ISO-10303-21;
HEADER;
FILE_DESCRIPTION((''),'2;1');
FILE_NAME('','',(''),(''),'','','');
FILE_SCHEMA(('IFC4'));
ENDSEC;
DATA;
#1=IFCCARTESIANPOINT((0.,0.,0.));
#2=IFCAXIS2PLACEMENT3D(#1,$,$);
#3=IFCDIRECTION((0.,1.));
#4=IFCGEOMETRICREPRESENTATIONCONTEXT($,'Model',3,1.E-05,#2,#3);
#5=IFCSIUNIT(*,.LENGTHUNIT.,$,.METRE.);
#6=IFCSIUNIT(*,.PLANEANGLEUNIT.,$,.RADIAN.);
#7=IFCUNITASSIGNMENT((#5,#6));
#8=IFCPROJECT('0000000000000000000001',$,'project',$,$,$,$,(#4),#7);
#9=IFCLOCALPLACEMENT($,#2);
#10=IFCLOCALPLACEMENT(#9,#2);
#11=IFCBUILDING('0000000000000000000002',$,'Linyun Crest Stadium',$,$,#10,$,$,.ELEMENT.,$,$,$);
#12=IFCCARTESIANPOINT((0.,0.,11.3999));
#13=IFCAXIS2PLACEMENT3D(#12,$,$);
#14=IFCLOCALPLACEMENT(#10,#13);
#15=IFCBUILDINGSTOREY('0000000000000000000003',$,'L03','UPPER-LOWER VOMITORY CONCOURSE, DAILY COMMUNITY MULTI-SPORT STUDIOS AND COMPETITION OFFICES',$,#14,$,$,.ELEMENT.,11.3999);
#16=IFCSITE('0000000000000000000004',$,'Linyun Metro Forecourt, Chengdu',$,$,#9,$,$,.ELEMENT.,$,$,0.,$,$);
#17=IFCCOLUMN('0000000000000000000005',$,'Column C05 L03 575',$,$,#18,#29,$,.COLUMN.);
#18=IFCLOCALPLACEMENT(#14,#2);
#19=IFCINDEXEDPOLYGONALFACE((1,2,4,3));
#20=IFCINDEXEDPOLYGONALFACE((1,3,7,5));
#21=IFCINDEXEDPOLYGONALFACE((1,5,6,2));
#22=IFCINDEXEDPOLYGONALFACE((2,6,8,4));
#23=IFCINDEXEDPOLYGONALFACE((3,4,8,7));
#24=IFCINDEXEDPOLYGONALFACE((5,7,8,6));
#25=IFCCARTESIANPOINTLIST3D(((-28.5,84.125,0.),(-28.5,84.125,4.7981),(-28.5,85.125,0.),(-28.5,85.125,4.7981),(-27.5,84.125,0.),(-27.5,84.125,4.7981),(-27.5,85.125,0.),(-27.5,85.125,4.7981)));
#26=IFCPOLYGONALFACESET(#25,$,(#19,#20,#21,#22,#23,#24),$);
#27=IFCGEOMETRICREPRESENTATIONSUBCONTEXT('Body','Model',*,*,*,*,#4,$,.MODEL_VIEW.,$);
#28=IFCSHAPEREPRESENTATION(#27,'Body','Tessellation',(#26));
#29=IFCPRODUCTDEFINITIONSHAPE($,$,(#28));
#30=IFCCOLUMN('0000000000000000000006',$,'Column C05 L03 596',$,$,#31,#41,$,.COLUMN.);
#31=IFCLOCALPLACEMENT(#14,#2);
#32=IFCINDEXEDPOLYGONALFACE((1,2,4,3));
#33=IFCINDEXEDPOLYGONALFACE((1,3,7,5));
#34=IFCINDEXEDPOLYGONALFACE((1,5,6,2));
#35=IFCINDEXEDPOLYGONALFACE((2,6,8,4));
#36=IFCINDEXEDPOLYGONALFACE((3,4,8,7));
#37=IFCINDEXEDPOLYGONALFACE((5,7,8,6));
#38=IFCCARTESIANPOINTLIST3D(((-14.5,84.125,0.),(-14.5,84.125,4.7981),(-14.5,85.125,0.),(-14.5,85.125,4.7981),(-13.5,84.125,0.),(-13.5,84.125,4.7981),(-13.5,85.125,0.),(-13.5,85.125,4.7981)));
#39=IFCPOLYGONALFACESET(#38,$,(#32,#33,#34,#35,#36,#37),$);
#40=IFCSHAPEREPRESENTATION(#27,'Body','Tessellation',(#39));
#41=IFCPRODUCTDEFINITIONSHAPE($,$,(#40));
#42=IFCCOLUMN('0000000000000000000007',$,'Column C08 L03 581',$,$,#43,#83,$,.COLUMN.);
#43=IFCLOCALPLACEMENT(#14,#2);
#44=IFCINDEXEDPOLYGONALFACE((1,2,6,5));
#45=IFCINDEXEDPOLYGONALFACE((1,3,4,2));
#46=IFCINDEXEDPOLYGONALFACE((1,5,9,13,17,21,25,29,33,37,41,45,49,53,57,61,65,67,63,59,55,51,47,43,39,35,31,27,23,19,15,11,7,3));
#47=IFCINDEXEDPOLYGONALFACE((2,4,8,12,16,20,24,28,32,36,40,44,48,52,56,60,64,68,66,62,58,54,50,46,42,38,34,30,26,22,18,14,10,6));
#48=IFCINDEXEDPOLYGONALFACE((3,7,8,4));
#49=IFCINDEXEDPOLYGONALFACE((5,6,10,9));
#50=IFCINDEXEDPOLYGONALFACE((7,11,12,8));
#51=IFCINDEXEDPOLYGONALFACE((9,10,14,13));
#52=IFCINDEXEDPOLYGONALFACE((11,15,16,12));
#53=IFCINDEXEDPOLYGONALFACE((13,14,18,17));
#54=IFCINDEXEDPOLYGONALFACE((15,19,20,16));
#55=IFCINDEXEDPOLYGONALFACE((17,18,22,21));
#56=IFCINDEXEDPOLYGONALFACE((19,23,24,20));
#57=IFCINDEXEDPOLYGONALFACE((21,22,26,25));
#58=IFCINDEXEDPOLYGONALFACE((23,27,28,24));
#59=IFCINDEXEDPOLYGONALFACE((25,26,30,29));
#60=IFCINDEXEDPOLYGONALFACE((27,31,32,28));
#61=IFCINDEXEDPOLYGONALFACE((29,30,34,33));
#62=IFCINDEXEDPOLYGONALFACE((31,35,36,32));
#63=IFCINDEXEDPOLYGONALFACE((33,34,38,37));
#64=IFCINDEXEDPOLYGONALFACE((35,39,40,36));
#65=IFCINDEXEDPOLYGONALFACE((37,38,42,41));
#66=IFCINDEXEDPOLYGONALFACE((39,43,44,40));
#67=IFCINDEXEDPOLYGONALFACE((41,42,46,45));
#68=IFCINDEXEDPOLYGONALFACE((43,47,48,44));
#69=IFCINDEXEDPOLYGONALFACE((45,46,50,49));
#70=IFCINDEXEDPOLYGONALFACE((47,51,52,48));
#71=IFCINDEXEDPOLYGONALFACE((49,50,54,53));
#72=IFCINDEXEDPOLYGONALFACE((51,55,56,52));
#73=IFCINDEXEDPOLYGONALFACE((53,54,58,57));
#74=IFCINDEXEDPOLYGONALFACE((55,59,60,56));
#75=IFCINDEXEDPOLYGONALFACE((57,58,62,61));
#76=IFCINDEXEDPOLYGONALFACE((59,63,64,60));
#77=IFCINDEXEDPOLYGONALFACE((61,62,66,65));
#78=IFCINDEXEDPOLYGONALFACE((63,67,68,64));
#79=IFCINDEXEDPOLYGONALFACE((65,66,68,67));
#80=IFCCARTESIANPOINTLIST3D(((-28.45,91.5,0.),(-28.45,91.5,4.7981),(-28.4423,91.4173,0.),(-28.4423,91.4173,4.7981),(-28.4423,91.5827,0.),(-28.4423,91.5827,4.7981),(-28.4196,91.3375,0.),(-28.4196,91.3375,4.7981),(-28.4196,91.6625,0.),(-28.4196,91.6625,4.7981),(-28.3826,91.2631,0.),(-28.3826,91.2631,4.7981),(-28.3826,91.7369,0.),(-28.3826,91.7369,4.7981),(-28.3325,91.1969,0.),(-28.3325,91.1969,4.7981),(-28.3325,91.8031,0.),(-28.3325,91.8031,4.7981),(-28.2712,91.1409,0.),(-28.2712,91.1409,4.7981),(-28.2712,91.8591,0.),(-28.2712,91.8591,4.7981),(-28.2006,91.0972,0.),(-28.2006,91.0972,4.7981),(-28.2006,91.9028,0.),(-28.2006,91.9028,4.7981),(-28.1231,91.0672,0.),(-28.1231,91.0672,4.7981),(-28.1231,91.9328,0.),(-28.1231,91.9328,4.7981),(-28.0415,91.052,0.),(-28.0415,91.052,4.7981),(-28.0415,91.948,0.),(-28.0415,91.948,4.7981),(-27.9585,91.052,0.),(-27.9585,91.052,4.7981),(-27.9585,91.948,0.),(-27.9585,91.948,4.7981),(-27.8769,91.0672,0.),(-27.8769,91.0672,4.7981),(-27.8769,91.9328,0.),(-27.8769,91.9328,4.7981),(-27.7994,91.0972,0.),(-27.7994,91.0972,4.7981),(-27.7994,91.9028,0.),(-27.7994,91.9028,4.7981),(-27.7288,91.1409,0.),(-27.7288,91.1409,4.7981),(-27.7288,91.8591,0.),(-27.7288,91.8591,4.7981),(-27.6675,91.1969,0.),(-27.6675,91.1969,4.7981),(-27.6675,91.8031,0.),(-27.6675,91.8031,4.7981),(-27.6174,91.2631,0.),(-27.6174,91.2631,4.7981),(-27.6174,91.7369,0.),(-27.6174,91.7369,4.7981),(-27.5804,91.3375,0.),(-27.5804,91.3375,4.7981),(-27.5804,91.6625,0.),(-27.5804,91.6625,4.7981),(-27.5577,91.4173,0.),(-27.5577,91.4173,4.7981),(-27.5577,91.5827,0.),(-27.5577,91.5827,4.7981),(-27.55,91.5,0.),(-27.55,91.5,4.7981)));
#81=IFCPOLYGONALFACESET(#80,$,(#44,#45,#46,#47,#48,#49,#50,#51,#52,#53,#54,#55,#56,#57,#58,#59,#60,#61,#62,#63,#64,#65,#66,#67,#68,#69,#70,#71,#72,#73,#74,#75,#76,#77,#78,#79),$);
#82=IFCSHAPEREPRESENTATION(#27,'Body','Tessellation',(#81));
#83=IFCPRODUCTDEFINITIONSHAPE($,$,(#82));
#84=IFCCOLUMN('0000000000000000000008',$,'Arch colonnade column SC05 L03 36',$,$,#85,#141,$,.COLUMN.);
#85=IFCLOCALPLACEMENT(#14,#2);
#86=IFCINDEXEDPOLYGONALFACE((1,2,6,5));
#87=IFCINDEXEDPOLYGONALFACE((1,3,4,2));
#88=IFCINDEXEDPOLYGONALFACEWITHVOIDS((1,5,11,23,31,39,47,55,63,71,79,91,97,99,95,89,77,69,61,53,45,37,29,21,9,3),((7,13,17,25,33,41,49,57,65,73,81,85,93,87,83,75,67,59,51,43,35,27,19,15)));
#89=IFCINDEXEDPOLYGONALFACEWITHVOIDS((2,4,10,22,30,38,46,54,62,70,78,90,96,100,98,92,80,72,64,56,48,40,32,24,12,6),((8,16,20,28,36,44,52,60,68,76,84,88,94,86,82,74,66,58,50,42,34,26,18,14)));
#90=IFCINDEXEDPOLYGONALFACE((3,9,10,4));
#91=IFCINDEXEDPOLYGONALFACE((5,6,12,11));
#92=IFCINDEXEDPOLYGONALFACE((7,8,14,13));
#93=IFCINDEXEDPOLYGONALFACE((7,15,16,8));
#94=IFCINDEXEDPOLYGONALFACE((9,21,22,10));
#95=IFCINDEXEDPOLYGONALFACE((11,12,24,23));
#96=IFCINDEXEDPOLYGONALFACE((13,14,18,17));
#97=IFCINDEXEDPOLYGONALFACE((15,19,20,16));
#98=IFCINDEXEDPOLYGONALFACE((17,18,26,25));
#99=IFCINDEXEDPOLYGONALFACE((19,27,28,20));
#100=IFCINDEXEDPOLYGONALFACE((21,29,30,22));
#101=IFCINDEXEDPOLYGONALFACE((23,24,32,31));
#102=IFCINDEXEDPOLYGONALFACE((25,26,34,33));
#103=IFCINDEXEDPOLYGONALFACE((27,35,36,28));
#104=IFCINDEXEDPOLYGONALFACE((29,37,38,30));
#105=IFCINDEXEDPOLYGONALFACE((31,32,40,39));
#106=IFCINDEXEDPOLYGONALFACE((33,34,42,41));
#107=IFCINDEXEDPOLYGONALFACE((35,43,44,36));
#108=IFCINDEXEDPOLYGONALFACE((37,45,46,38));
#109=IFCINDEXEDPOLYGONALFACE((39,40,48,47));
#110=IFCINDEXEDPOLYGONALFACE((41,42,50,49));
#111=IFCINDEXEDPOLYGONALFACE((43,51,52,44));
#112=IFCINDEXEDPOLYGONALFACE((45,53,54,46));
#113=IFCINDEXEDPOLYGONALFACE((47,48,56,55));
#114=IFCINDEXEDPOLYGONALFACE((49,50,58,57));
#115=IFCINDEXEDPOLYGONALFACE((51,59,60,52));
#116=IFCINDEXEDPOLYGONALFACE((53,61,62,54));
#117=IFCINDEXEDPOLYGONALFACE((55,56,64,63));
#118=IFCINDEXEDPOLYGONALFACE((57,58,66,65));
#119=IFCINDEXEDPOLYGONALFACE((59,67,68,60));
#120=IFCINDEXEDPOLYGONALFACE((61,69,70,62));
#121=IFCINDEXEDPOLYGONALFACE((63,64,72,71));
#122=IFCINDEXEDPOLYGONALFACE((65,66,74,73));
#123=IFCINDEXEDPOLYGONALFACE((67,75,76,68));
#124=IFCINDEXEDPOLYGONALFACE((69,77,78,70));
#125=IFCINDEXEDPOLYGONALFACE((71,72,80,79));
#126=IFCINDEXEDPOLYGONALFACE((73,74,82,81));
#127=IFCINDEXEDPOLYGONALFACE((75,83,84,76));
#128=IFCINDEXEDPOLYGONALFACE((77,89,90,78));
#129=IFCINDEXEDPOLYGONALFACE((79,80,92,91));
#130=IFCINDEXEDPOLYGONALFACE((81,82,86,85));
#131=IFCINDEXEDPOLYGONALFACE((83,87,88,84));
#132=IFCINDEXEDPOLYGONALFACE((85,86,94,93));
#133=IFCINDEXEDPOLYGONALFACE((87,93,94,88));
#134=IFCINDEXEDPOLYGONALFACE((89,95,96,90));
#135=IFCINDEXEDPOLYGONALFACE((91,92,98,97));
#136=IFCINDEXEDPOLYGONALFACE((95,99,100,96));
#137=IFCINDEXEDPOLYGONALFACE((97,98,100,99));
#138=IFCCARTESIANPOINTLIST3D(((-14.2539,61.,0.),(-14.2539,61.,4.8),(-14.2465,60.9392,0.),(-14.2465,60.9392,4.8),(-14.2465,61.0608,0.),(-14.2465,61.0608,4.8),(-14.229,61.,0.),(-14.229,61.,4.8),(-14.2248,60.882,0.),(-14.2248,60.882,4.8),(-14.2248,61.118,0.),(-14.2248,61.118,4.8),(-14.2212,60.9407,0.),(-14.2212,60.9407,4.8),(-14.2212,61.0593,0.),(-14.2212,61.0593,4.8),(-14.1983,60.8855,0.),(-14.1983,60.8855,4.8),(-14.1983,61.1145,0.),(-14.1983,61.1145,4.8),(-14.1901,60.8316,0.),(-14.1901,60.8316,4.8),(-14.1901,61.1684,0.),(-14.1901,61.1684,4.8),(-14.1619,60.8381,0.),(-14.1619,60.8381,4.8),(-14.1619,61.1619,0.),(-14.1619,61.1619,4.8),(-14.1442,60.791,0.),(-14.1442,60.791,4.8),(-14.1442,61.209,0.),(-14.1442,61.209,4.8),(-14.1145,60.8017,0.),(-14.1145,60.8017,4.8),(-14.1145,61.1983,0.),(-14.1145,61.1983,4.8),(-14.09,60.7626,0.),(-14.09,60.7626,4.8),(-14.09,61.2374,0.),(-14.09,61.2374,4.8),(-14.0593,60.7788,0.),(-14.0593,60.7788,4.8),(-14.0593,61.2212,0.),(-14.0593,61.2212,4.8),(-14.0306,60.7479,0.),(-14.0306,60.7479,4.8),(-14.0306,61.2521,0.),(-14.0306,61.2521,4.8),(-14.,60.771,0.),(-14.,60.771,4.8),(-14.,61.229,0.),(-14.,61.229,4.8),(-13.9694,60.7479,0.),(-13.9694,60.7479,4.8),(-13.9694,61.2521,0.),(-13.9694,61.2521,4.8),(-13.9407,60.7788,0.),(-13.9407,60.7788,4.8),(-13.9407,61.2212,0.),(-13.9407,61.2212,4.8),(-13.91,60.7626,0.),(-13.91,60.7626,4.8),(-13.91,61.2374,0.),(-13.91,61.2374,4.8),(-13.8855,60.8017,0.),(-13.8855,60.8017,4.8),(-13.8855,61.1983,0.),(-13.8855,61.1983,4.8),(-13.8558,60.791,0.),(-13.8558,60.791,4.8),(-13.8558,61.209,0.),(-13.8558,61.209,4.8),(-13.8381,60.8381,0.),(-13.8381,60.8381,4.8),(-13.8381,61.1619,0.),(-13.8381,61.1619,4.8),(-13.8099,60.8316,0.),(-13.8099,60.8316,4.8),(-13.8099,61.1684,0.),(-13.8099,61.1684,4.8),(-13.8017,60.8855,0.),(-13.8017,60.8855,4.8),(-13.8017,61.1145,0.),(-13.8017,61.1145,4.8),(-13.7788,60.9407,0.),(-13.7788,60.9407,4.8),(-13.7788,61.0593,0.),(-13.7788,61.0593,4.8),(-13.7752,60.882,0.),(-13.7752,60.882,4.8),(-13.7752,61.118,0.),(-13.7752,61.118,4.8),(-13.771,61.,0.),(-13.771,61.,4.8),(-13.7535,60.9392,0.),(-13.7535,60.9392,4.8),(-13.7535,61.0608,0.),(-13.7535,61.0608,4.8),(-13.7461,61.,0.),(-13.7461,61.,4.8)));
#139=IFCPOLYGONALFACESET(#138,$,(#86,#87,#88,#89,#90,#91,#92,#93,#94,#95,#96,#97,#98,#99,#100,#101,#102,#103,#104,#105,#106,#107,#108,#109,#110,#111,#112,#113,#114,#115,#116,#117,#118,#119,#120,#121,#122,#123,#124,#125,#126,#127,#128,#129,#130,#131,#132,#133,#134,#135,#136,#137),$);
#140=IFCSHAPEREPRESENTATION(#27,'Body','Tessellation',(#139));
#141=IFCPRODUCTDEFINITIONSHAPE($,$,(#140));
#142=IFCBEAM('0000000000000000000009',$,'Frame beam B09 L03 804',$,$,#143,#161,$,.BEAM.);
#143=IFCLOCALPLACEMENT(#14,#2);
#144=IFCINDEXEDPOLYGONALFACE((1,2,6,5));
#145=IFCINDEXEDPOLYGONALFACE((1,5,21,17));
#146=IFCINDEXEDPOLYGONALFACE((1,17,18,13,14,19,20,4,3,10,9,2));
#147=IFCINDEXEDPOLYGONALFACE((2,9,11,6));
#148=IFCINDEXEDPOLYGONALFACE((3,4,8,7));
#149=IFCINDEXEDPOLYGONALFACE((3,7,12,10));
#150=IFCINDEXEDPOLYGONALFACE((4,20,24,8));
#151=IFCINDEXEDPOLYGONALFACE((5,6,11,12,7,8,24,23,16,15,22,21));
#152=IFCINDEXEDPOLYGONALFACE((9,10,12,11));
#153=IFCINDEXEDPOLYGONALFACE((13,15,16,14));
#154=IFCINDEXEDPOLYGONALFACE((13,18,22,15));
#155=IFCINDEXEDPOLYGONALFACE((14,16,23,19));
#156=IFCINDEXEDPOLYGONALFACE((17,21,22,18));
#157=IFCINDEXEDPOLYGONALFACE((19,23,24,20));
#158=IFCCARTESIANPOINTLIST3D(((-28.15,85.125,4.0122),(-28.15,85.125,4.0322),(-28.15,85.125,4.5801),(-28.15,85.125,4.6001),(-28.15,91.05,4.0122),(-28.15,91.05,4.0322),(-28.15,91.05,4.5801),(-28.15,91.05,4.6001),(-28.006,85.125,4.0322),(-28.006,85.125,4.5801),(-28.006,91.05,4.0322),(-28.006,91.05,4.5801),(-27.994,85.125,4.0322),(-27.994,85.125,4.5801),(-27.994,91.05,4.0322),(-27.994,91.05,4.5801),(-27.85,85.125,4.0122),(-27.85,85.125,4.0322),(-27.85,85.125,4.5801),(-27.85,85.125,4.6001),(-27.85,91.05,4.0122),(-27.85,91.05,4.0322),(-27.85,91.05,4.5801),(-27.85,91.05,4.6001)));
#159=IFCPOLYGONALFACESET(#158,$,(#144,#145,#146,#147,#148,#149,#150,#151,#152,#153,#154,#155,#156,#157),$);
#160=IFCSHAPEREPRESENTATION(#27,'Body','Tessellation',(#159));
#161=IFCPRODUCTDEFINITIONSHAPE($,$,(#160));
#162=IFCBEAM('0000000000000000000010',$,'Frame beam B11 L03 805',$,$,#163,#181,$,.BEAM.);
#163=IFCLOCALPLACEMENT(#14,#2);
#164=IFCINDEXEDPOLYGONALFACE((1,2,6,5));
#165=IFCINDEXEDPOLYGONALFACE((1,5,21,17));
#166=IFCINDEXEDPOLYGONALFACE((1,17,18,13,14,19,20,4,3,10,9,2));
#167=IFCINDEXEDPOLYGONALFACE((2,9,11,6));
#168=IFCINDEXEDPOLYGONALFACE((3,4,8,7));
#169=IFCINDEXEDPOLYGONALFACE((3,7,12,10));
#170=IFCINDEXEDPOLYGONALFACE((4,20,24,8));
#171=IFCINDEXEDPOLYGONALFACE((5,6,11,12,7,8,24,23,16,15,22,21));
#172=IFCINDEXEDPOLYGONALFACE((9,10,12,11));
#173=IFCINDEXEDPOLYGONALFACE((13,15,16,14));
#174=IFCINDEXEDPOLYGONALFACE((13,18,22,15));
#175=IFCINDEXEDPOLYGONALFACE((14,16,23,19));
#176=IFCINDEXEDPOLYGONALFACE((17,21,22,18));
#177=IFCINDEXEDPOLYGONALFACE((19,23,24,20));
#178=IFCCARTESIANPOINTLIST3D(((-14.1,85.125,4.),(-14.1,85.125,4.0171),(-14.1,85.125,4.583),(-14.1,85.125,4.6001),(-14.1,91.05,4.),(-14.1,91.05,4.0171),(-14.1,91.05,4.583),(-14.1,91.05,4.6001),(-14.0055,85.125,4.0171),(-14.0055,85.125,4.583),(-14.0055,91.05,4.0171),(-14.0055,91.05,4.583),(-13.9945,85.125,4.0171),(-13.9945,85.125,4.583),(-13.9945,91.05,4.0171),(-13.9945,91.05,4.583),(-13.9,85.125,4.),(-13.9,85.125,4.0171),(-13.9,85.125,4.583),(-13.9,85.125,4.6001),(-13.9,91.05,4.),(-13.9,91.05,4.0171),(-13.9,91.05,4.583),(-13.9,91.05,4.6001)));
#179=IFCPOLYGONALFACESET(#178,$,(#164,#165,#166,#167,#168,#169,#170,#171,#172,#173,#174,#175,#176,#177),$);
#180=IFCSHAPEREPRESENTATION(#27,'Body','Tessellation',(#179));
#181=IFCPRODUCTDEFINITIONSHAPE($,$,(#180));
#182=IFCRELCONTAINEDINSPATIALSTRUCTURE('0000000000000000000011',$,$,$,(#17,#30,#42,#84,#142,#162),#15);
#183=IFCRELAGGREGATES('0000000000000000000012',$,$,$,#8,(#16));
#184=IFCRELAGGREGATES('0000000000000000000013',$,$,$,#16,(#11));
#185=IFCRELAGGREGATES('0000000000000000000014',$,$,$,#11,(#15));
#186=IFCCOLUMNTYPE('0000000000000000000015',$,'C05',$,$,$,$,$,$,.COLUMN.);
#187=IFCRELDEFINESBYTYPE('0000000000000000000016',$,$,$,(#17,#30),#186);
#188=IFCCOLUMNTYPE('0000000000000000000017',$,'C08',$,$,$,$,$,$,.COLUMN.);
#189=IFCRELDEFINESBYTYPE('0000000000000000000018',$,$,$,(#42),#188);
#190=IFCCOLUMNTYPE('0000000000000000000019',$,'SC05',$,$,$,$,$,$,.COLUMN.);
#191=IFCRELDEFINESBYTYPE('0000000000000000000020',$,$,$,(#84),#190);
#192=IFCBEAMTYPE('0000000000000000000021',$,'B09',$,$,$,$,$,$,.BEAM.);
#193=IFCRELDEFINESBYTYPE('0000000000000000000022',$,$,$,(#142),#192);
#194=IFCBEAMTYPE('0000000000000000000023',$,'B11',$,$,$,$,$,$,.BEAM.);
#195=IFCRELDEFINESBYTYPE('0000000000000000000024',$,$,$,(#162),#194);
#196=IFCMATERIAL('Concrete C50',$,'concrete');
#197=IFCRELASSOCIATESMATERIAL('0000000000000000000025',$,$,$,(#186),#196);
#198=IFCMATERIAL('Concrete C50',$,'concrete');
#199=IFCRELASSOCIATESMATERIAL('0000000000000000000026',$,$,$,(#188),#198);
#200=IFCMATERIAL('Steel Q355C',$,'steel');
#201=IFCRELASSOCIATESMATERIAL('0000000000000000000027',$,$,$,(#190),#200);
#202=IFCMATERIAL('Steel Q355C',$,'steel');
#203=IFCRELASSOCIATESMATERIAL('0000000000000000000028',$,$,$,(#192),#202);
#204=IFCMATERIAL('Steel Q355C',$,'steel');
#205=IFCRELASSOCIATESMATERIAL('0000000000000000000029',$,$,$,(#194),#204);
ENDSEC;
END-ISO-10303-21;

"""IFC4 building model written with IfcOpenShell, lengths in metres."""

from ifc_helpers import new_model, si_unit, direction, frame, origin, origin_2d, place, context, subcontext, project, spatial, rectangle, circle, hollow_circle, i_section, extrude, material, material_profile, profile_set, type_object, element, save


model = new_model("IFC4")

# Units and contexts
model_context = context("Model", 3, precision=1e-05, world=origin(), true_north=direction((0.0, 1.0)))
body_context = subcontext(model_context, "Body", "Model", "MODEL_VIEW")
ifc_project = project(units=[si_unit("LENGTHUNIT", "METRE"), si_unit("PLANEANGLEUNIT", "RADIAN")], contexts=[model_context])

# Site, building, storey
site_placement = place(None, origin())
site = spatial("IfcSite", under=ifc_project, at=site_placement, Name="Linyun Metro Forecourt, Chengdu", CompositionType="ELEMENT", RefElevation=0.0)
building_placement = place(site_placement, origin())
building = spatial("IfcBuilding", under=site, at=building_placement, Name="Linyun Crest Stadium", CompositionType="ELEMENT")
storey_placement = place(building_placement, frame((0.0, 0.0, 11.3999)))
storey = spatial("IfcBuildingStorey", under=building, at=storey_placement, Name="L03", Description="UPPER-LOWER VOMITORY CONCOURSE, DAILY COMMUNITY MULTI-SPORT STUDIOS AND COMPETITION OFFICES", CompositionType="ELEMENT", Elevation=11.3999)

# Columns
ifc_material_1 = material(Name="Concrete C50", Category="concrete")
ifc_material_profile_1 = material_profile(ifc_material_1, rectangle(XDim=1.0, YDim=1.0, at=origin_2d()), Name="RC 1000x1000")
ifc_profile_set_1 = profile_set([ifc_material_profile_1], Name="Concrete C50")
column_type_1 = type_object("IfcColumnType", Name="C05", PredefinedType="COLUMN", material=ifc_profile_set_1)
for number, where, z_axis, x_axis, name in (
    (1, (-28.0, 84.625, 0.0), (0.0, 0.0, 1.0), (1.0, 0.0, 0.0), "Column C05 L03 575"),
    (2, (-14.0, 84.625, 0.0), (0.0, 0.0, 1.0), (1.0, 0.0, 0.0), "Column C05 L03 596"),
):
    element("IfcColumn", number, at=place(storey_placement, frame(where, z_axis=z_axis, x_axis=x_axis)), inside=storey, type_object=column_type_1, Name=name, PredefinedType="COLUMN", context=body_context, shape_type="SweptSolid", body=[
        extrude(rectangle(XDim=1.0, YDim=1.0, at=origin_2d()), origin(), (0.0, 0.0, 1.0), 4.7981),
    ])
ifc_material_2 = material(Name="Concrete C50", Category="concrete")
ifc_material_profile_2 = material_profile(ifc_material_2, circle(Radius=0.45, at=origin_2d()), Name="RC D900")
ifc_profile_set_2 = profile_set([ifc_material_profile_2], Name="Concrete C50")
column_type_2 = type_object("IfcColumnType", Name="C08", PredefinedType="COLUMN", material=ifc_profile_set_2)
column_1_placement = place(storey_placement, frame((-28.0, 91.5, 0.0), z_axis=(0.0, 0.0, 1.0), x_axis=(1.0, 0.0, 0.0)))
element("IfcColumn", 3, at=column_1_placement, inside=storey, type_object=column_type_2, Name="Column C08 L03 581", PredefinedType="COLUMN", context=body_context, shape_type="SweptSolid", body=[
    extrude(circle(Radius=0.45, at=origin_2d()), origin(), (0.0, 0.0, 1.0), 4.7981),
])
ifc_material_3 = material(Name="Steel Q355C", Category="steel")
ifc_material_profile_3 = material_profile(ifc_material_3, hollow_circle(Radius=0.2539, WallThickness=0.0249, at=origin_2d()), Name="CHS 508x25")
ifc_profile_set_3 = profile_set([ifc_material_profile_3], Name="Steel Q355C")
column_type_3 = type_object("IfcColumnType", Name="SC05", PredefinedType="COLUMN", material=ifc_profile_set_3)
column_2_placement = place(storey_placement, frame((-14.0, 61.0, 0.0), z_axis=(0.0, 0.0, 1.0), x_axis=(1.0, 0.0, 0.0)))
element("IfcColumn", 4, at=column_2_placement, inside=storey, type_object=column_type_3, Name="Arch colonnade column SC05 L03 36", PredefinedType="COLUMN", context=body_context, shape_type="SweptSolid", body=[
    extrude(hollow_circle(Radius=0.2539, WallThickness=0.0249, at=origin_2d()), origin(), (0.0, 0.0, 1.0), 4.8),
])

# Beams
ifc_material_4 = material(Name="Steel Q355C", Category="steel")
ifc_material_profile_4 = material_profile(ifc_material_4, i_section(OverallWidth=0.3, OverallDepth=0.5879, WebThickness=0.012, FlangeThickness=0.02, at=origin_2d()), Name="HM 588x300")
ifc_profile_set_4 = profile_set([ifc_material_profile_4], Name="Steel Q355C")
beam_type_1 = type_object("IfcBeamType", Name="B09", PredefinedType="BEAM", material=ifc_profile_set_4)
beam_1_placement = place(storey_placement, frame((-28.0, 85.125, 4.3062), z_axis=(0.0, 1.0, 0.0), x_axis=(-1.0, 0.0, 0.0)))
element("IfcBeam", 5, at=beam_1_placement, inside=storey, type_object=beam_type_1, Name="Frame beam B09 L03 804", PredefinedType="BEAM", context=body_context, shape_type="SweptSolid", body=[
    extrude(i_section(OverallWidth=0.3, OverallDepth=0.5879, WebThickness=0.012, FlangeThickness=0.02, at=origin_2d()), origin(), (0.0, 0.0, 1.0), 5.925),
])
ifc_material_5 = material(Name="Steel Q355C", Category="steel")
ifc_material_profile_5 = material_profile(ifc_material_5, i_section(OverallWidth=0.2, OverallDepth=0.6001, WebThickness=0.011, FlangeThickness=0.0171, at=origin_2d()), Name="HN 600x200")
ifc_profile_set_5 = profile_set([ifc_material_profile_5], Name="Steel Q355C")
beam_type_2 = type_object("IfcBeamType", Name="B11", PredefinedType="BEAM", material=ifc_profile_set_5)
beam_2_placement = place(storey_placement, frame((-14.0, 85.125, 4.3), z_axis=(0.0, 1.0, 0.0), x_axis=(-1.0, 0.0, 0.0)))
element("IfcBeam", 6, at=beam_2_placement, inside=storey, type_object=beam_type_2, Name="Frame beam B11 L03 805", PredefinedType="BEAM", context=body_context, shape_type="SweptSolid", body=[
    extrude(i_section(OverallWidth=0.2, OverallDepth=0.6001, WebThickness=0.011, FlangeThickness=0.0171, at=origin_2d()), origin(), (0.0, 0.0, 1.0), 5.925),
])

save(model, "model.ifc")
